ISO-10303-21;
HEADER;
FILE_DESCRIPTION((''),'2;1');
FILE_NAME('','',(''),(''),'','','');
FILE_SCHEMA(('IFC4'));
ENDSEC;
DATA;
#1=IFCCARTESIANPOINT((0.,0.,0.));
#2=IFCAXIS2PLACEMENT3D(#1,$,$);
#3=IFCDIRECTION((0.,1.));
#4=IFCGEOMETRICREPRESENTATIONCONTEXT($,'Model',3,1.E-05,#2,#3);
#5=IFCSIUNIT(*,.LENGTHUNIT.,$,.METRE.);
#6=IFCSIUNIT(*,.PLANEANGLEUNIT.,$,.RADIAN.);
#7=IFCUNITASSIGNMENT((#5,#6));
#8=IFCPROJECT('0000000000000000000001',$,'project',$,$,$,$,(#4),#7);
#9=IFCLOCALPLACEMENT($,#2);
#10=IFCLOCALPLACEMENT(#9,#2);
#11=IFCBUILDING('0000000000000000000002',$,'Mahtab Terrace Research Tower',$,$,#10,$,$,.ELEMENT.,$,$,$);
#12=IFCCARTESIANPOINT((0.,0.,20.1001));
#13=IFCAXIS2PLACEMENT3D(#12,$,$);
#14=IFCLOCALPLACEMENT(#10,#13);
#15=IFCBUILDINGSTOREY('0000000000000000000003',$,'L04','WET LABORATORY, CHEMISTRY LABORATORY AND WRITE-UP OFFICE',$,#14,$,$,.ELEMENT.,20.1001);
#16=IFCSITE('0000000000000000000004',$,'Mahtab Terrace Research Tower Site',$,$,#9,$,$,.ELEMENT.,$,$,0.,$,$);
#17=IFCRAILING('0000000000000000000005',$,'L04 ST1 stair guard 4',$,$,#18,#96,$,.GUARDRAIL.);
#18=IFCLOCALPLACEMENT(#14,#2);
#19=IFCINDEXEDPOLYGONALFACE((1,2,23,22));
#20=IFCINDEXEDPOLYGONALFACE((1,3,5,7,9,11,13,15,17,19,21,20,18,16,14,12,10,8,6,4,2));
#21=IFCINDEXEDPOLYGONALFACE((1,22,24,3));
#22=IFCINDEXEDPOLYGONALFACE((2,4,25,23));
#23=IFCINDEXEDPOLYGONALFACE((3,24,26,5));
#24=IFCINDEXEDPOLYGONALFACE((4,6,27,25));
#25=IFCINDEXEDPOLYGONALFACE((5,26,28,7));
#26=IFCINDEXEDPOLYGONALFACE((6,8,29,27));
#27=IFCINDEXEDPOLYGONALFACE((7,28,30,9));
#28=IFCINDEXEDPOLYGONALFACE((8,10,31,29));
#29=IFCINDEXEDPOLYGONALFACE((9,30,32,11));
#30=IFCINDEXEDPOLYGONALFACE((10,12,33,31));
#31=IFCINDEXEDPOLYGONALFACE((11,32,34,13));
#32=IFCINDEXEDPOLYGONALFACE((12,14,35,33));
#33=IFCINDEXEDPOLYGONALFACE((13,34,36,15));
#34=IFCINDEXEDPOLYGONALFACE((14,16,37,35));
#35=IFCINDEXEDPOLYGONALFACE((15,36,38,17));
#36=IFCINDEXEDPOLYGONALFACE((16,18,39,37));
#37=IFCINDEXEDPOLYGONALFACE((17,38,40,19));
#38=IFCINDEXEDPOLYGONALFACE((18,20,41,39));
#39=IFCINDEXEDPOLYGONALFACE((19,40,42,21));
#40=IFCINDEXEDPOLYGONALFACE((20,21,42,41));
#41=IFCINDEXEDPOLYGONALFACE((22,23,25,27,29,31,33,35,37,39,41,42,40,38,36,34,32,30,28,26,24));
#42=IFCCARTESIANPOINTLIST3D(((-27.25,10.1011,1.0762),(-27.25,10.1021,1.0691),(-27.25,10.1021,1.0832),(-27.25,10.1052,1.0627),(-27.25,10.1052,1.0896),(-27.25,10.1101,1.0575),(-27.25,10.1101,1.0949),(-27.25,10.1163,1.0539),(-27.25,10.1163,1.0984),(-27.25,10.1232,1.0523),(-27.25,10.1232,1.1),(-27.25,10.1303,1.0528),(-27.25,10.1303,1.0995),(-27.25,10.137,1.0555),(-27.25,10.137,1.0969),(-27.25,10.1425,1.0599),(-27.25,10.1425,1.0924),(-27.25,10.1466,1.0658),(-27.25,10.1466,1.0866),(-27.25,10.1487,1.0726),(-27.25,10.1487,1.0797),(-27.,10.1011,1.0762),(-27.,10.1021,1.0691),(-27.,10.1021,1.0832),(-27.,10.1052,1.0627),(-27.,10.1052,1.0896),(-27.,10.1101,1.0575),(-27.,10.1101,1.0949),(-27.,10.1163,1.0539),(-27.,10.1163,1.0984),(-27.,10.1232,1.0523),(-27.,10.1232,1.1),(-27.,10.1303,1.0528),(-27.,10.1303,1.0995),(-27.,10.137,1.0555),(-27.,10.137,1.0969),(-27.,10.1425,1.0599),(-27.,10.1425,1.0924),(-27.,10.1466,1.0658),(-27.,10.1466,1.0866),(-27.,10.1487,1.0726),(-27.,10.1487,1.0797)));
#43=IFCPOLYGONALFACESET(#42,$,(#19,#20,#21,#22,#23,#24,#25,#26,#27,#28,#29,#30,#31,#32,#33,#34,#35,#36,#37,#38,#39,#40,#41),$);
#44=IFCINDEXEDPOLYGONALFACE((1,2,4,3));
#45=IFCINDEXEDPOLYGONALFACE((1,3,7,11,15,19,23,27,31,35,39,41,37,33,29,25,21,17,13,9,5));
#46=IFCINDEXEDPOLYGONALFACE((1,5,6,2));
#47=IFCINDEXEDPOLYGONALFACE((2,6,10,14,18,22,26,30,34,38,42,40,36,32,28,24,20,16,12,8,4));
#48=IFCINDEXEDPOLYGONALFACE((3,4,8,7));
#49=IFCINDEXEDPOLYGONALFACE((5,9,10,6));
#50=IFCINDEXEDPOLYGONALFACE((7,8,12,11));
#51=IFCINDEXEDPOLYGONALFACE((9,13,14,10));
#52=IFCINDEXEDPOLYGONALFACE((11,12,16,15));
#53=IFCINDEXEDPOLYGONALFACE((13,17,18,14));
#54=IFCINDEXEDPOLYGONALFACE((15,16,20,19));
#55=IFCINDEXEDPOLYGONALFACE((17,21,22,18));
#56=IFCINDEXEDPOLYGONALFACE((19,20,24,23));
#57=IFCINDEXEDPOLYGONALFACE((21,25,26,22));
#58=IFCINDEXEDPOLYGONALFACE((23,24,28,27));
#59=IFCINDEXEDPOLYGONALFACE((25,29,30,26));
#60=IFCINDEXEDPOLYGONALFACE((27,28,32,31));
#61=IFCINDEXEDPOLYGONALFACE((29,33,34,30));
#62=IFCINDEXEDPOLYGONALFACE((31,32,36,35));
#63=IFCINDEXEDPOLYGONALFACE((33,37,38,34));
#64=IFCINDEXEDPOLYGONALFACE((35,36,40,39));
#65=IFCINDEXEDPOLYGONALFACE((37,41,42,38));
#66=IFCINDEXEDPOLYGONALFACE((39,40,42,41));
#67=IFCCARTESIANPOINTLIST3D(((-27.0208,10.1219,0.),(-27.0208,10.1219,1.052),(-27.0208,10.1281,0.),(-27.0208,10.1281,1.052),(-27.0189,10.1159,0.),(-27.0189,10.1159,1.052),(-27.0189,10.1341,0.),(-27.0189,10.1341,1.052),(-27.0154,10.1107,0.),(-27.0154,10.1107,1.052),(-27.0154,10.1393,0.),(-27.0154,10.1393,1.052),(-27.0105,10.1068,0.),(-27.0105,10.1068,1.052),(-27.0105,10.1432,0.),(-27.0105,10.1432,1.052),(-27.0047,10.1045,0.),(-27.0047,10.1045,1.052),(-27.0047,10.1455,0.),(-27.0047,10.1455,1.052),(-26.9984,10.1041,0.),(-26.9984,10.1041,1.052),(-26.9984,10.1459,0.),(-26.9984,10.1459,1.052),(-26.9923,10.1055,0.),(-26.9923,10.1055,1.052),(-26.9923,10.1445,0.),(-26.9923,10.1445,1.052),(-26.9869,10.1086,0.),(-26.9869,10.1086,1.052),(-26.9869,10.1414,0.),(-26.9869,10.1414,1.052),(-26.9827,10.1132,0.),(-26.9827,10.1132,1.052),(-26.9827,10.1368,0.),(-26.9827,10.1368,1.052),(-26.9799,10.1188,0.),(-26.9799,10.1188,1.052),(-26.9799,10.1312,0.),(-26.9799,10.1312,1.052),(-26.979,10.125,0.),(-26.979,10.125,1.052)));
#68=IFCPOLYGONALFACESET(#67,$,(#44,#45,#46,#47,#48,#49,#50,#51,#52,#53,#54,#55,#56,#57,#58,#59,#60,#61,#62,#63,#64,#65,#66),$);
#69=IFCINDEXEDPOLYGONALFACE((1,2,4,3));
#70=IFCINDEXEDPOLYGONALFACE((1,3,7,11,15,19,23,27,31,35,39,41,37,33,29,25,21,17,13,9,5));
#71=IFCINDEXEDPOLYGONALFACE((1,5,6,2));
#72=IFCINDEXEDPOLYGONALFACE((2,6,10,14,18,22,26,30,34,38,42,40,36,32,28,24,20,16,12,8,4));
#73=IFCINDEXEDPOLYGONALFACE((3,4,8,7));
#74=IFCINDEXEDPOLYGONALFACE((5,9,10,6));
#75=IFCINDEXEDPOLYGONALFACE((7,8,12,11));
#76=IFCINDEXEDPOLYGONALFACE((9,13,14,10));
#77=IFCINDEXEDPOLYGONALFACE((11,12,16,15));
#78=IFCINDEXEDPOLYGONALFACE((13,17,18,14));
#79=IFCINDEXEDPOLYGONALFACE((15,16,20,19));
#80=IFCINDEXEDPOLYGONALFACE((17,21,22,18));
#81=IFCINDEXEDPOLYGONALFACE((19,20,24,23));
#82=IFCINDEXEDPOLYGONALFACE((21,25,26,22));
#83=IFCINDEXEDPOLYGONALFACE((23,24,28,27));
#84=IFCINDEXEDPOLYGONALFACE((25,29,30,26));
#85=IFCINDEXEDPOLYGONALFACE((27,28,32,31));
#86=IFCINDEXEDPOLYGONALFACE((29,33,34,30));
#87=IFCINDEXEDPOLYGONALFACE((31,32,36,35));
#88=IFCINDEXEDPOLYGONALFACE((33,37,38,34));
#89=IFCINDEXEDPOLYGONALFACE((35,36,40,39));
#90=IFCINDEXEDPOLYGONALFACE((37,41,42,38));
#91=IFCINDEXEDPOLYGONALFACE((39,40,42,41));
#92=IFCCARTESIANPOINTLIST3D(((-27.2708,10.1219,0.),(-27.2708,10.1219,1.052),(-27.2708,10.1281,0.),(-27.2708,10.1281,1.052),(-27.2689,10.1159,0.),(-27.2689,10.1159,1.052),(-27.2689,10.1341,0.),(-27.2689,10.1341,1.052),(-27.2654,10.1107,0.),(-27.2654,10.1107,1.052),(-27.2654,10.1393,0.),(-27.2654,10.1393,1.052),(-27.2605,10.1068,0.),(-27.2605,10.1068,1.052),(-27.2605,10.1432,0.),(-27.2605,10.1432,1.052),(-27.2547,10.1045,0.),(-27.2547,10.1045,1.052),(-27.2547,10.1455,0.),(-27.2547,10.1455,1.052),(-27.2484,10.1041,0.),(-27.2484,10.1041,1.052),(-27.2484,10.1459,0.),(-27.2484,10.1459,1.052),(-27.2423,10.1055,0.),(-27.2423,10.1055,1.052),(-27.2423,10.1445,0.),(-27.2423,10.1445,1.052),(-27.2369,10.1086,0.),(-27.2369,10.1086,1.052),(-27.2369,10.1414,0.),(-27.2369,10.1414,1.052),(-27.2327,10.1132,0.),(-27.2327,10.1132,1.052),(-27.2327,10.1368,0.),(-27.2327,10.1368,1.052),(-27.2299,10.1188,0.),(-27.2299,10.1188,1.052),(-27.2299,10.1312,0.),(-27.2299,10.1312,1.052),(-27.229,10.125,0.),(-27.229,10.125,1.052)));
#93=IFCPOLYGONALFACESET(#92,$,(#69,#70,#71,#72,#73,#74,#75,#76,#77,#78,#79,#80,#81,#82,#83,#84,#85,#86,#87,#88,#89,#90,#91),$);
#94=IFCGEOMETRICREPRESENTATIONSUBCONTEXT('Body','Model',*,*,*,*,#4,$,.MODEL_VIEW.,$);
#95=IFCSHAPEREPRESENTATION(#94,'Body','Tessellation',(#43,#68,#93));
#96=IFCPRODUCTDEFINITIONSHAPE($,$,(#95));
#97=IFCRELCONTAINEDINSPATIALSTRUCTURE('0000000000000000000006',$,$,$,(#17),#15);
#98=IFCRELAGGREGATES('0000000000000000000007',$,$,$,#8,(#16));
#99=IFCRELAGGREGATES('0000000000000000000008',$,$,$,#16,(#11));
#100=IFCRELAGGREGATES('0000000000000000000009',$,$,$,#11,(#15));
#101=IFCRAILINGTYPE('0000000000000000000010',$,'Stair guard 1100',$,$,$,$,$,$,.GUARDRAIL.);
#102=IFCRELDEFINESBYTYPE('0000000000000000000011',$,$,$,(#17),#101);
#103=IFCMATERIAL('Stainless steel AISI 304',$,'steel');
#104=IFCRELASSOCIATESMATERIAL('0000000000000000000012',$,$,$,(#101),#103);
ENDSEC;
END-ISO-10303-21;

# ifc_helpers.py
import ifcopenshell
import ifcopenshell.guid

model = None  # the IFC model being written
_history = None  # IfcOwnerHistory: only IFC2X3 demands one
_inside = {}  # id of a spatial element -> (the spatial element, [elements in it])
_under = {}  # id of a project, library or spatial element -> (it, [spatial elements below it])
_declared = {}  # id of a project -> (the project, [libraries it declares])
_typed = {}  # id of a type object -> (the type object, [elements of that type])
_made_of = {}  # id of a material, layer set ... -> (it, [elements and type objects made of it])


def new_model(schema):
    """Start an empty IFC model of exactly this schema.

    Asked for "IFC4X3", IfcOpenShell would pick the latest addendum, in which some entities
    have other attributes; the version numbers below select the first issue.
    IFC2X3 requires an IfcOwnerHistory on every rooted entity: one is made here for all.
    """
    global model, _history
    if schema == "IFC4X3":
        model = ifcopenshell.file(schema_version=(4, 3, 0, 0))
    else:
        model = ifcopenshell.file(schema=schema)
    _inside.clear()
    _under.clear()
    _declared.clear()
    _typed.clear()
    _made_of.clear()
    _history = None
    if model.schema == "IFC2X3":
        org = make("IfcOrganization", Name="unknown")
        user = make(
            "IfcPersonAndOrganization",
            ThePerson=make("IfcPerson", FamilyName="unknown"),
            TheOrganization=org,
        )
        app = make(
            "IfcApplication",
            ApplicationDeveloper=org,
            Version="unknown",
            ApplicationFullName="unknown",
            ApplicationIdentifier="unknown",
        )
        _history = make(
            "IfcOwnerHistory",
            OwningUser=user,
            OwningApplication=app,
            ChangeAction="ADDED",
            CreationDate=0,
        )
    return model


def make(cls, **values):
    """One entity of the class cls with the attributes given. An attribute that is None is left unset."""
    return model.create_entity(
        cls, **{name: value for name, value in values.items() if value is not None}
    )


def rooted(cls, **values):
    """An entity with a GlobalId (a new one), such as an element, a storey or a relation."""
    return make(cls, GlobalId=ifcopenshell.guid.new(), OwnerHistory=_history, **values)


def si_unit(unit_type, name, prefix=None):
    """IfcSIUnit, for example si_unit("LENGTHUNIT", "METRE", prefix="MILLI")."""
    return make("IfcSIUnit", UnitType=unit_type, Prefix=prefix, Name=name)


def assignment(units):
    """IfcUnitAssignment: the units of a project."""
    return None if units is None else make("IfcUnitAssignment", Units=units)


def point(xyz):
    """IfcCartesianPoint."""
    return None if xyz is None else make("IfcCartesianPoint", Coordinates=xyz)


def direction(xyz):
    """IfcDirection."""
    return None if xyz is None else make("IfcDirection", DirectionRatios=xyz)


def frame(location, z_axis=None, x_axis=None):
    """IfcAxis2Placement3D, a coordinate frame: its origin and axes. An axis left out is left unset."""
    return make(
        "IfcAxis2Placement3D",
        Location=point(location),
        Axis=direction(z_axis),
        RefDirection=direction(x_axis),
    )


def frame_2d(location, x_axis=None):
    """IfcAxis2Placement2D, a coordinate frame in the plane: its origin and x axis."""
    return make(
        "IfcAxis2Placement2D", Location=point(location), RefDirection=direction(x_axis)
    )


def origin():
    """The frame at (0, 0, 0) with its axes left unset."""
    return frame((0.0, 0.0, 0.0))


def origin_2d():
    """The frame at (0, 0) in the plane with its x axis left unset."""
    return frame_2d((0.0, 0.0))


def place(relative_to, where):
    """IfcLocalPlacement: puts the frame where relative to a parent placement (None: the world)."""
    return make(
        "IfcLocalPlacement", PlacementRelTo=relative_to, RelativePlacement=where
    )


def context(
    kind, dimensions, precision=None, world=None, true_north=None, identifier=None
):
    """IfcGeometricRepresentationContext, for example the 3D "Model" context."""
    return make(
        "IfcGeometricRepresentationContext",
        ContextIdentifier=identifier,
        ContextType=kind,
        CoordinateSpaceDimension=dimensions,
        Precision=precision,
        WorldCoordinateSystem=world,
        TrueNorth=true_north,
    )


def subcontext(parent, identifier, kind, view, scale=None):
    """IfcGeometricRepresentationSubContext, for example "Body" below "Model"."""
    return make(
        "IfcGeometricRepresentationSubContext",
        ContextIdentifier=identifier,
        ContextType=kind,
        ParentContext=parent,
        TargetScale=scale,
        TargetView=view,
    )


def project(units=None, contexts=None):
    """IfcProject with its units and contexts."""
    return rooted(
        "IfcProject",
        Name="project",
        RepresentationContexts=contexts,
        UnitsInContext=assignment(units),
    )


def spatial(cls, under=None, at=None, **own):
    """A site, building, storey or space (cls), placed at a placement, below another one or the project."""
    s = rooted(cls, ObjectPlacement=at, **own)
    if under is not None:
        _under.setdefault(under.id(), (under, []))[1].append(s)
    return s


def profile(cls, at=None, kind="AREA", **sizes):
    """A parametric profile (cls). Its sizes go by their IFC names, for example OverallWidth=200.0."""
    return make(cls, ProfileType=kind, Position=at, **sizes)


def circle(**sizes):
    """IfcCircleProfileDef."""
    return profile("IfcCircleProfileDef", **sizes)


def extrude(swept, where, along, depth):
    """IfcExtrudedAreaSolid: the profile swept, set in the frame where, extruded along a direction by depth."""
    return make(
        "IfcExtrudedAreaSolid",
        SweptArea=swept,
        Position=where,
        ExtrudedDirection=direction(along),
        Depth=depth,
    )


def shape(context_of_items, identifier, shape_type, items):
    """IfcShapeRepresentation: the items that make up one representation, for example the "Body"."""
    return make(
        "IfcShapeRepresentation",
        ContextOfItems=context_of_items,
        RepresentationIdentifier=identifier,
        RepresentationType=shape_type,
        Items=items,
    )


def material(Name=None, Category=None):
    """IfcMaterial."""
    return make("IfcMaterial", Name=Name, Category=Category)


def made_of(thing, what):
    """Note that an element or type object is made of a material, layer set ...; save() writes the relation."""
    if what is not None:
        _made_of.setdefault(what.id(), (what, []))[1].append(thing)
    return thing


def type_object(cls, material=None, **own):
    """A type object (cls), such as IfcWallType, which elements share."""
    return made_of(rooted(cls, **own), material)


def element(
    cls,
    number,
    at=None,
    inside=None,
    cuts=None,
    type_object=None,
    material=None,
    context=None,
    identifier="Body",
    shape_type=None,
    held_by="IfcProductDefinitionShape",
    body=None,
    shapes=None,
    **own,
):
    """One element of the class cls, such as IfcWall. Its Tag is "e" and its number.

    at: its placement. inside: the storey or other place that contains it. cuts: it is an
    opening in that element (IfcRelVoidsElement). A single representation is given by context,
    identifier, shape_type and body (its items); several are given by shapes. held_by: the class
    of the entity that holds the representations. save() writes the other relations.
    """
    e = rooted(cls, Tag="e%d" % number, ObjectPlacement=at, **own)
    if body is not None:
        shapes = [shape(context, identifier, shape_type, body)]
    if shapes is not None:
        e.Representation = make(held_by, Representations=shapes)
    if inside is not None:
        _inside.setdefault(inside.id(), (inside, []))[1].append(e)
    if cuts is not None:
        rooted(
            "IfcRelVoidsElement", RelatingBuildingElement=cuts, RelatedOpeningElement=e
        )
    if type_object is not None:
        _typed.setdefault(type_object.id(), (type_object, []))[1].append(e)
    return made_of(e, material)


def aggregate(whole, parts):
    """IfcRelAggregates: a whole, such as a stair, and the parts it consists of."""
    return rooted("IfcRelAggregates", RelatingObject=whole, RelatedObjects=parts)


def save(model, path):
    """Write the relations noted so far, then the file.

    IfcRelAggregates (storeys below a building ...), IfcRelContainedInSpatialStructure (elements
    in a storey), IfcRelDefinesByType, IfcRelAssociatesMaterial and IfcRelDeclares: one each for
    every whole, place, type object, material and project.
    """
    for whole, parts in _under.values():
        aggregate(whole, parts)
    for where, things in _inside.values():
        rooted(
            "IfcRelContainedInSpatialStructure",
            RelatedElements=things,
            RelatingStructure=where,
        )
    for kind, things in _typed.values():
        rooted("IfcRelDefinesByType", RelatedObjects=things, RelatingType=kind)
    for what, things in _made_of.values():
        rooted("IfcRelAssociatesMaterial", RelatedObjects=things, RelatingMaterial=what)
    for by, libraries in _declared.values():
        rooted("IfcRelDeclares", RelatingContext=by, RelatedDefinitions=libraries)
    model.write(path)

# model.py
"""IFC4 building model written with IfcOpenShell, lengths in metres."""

from ifc_helpers import new_model, si_unit, direction, frame, origin, origin_2d, place, context, subcontext, project, spatial, circle, extrude, material, type_object, element, save


model = new_model("IFC4")

# Units and contexts
model_context = context("Model", 3, precision=1e-05, world=origin(), true_north=direction((0.0, 1.0)))
body_context = subcontext(model_context, "Body", "Model", "MODEL_VIEW")
ifc_project = project(units=[si_unit("LENGTHUNIT", "METRE"), si_unit("PLANEANGLEUNIT", "RADIAN")], contexts=[model_context])

# Site, building, storey
site_placement = place(None, origin())
site = spatial("IfcSite", under=ifc_project, at=site_placement, Name="Mahtab Terrace Research Tower Site", CompositionType="ELEMENT", RefElevation=0.0)
building_placement = place(site_placement, origin())
building = spatial("IfcBuilding", under=site, at=building_placement, Name="Mahtab Terrace Research Tower", CompositionType="ELEMENT")
storey_placement = place(building_placement, frame((0.0, 0.0, 20.1001)))
storey = spatial("IfcBuildingStorey", under=building, at=storey_placement, Name="L04", Description="WET LABORATORY, CHEMISTRY LABORATORY AND WRITE-UP OFFICE", CompositionType="ELEMENT", Elevation=20.1001)

# Railing
ifc_material_1 = material(Name="Stainless steel AISI 304", Category="steel")
railing_type_1 = type_object("IfcRailingType", Name="Stair guard 1100", PredefinedType="GUARDRAIL", material=ifc_material_1)
railing_1_placement = place(storey_placement, frame((-27.0, 10.125, 0.0)))
element("IfcRailing", 1, at=railing_1_placement, inside=storey, type_object=railing_type_1, Name="L04 ST1 stair guard 4", PredefinedType="GUARDRAIL", context=body_context, shape_type="SweptSolid", body=[
    extrude(circle(Radius=0.0239, at=origin_2d()), frame((0.0, 0.0, 1.0762), z_axis=(-1.0, 0.0, 0.0), x_axis=(0.0, -1.0, 0.0)), (0.0, 0.0, 1.0), 0.25),
    extrude(circle(Radius=0.021, at=origin_2d()), origin(), (0.0, 0.0, 1.0), 1.052),
    extrude(circle(Radius=0.021, at=origin_2d()), frame((-0.25, 0.0, 0.0)), (0.0, 0.0, 1.0), 1.052),
])

save(model, "model.ifc")
